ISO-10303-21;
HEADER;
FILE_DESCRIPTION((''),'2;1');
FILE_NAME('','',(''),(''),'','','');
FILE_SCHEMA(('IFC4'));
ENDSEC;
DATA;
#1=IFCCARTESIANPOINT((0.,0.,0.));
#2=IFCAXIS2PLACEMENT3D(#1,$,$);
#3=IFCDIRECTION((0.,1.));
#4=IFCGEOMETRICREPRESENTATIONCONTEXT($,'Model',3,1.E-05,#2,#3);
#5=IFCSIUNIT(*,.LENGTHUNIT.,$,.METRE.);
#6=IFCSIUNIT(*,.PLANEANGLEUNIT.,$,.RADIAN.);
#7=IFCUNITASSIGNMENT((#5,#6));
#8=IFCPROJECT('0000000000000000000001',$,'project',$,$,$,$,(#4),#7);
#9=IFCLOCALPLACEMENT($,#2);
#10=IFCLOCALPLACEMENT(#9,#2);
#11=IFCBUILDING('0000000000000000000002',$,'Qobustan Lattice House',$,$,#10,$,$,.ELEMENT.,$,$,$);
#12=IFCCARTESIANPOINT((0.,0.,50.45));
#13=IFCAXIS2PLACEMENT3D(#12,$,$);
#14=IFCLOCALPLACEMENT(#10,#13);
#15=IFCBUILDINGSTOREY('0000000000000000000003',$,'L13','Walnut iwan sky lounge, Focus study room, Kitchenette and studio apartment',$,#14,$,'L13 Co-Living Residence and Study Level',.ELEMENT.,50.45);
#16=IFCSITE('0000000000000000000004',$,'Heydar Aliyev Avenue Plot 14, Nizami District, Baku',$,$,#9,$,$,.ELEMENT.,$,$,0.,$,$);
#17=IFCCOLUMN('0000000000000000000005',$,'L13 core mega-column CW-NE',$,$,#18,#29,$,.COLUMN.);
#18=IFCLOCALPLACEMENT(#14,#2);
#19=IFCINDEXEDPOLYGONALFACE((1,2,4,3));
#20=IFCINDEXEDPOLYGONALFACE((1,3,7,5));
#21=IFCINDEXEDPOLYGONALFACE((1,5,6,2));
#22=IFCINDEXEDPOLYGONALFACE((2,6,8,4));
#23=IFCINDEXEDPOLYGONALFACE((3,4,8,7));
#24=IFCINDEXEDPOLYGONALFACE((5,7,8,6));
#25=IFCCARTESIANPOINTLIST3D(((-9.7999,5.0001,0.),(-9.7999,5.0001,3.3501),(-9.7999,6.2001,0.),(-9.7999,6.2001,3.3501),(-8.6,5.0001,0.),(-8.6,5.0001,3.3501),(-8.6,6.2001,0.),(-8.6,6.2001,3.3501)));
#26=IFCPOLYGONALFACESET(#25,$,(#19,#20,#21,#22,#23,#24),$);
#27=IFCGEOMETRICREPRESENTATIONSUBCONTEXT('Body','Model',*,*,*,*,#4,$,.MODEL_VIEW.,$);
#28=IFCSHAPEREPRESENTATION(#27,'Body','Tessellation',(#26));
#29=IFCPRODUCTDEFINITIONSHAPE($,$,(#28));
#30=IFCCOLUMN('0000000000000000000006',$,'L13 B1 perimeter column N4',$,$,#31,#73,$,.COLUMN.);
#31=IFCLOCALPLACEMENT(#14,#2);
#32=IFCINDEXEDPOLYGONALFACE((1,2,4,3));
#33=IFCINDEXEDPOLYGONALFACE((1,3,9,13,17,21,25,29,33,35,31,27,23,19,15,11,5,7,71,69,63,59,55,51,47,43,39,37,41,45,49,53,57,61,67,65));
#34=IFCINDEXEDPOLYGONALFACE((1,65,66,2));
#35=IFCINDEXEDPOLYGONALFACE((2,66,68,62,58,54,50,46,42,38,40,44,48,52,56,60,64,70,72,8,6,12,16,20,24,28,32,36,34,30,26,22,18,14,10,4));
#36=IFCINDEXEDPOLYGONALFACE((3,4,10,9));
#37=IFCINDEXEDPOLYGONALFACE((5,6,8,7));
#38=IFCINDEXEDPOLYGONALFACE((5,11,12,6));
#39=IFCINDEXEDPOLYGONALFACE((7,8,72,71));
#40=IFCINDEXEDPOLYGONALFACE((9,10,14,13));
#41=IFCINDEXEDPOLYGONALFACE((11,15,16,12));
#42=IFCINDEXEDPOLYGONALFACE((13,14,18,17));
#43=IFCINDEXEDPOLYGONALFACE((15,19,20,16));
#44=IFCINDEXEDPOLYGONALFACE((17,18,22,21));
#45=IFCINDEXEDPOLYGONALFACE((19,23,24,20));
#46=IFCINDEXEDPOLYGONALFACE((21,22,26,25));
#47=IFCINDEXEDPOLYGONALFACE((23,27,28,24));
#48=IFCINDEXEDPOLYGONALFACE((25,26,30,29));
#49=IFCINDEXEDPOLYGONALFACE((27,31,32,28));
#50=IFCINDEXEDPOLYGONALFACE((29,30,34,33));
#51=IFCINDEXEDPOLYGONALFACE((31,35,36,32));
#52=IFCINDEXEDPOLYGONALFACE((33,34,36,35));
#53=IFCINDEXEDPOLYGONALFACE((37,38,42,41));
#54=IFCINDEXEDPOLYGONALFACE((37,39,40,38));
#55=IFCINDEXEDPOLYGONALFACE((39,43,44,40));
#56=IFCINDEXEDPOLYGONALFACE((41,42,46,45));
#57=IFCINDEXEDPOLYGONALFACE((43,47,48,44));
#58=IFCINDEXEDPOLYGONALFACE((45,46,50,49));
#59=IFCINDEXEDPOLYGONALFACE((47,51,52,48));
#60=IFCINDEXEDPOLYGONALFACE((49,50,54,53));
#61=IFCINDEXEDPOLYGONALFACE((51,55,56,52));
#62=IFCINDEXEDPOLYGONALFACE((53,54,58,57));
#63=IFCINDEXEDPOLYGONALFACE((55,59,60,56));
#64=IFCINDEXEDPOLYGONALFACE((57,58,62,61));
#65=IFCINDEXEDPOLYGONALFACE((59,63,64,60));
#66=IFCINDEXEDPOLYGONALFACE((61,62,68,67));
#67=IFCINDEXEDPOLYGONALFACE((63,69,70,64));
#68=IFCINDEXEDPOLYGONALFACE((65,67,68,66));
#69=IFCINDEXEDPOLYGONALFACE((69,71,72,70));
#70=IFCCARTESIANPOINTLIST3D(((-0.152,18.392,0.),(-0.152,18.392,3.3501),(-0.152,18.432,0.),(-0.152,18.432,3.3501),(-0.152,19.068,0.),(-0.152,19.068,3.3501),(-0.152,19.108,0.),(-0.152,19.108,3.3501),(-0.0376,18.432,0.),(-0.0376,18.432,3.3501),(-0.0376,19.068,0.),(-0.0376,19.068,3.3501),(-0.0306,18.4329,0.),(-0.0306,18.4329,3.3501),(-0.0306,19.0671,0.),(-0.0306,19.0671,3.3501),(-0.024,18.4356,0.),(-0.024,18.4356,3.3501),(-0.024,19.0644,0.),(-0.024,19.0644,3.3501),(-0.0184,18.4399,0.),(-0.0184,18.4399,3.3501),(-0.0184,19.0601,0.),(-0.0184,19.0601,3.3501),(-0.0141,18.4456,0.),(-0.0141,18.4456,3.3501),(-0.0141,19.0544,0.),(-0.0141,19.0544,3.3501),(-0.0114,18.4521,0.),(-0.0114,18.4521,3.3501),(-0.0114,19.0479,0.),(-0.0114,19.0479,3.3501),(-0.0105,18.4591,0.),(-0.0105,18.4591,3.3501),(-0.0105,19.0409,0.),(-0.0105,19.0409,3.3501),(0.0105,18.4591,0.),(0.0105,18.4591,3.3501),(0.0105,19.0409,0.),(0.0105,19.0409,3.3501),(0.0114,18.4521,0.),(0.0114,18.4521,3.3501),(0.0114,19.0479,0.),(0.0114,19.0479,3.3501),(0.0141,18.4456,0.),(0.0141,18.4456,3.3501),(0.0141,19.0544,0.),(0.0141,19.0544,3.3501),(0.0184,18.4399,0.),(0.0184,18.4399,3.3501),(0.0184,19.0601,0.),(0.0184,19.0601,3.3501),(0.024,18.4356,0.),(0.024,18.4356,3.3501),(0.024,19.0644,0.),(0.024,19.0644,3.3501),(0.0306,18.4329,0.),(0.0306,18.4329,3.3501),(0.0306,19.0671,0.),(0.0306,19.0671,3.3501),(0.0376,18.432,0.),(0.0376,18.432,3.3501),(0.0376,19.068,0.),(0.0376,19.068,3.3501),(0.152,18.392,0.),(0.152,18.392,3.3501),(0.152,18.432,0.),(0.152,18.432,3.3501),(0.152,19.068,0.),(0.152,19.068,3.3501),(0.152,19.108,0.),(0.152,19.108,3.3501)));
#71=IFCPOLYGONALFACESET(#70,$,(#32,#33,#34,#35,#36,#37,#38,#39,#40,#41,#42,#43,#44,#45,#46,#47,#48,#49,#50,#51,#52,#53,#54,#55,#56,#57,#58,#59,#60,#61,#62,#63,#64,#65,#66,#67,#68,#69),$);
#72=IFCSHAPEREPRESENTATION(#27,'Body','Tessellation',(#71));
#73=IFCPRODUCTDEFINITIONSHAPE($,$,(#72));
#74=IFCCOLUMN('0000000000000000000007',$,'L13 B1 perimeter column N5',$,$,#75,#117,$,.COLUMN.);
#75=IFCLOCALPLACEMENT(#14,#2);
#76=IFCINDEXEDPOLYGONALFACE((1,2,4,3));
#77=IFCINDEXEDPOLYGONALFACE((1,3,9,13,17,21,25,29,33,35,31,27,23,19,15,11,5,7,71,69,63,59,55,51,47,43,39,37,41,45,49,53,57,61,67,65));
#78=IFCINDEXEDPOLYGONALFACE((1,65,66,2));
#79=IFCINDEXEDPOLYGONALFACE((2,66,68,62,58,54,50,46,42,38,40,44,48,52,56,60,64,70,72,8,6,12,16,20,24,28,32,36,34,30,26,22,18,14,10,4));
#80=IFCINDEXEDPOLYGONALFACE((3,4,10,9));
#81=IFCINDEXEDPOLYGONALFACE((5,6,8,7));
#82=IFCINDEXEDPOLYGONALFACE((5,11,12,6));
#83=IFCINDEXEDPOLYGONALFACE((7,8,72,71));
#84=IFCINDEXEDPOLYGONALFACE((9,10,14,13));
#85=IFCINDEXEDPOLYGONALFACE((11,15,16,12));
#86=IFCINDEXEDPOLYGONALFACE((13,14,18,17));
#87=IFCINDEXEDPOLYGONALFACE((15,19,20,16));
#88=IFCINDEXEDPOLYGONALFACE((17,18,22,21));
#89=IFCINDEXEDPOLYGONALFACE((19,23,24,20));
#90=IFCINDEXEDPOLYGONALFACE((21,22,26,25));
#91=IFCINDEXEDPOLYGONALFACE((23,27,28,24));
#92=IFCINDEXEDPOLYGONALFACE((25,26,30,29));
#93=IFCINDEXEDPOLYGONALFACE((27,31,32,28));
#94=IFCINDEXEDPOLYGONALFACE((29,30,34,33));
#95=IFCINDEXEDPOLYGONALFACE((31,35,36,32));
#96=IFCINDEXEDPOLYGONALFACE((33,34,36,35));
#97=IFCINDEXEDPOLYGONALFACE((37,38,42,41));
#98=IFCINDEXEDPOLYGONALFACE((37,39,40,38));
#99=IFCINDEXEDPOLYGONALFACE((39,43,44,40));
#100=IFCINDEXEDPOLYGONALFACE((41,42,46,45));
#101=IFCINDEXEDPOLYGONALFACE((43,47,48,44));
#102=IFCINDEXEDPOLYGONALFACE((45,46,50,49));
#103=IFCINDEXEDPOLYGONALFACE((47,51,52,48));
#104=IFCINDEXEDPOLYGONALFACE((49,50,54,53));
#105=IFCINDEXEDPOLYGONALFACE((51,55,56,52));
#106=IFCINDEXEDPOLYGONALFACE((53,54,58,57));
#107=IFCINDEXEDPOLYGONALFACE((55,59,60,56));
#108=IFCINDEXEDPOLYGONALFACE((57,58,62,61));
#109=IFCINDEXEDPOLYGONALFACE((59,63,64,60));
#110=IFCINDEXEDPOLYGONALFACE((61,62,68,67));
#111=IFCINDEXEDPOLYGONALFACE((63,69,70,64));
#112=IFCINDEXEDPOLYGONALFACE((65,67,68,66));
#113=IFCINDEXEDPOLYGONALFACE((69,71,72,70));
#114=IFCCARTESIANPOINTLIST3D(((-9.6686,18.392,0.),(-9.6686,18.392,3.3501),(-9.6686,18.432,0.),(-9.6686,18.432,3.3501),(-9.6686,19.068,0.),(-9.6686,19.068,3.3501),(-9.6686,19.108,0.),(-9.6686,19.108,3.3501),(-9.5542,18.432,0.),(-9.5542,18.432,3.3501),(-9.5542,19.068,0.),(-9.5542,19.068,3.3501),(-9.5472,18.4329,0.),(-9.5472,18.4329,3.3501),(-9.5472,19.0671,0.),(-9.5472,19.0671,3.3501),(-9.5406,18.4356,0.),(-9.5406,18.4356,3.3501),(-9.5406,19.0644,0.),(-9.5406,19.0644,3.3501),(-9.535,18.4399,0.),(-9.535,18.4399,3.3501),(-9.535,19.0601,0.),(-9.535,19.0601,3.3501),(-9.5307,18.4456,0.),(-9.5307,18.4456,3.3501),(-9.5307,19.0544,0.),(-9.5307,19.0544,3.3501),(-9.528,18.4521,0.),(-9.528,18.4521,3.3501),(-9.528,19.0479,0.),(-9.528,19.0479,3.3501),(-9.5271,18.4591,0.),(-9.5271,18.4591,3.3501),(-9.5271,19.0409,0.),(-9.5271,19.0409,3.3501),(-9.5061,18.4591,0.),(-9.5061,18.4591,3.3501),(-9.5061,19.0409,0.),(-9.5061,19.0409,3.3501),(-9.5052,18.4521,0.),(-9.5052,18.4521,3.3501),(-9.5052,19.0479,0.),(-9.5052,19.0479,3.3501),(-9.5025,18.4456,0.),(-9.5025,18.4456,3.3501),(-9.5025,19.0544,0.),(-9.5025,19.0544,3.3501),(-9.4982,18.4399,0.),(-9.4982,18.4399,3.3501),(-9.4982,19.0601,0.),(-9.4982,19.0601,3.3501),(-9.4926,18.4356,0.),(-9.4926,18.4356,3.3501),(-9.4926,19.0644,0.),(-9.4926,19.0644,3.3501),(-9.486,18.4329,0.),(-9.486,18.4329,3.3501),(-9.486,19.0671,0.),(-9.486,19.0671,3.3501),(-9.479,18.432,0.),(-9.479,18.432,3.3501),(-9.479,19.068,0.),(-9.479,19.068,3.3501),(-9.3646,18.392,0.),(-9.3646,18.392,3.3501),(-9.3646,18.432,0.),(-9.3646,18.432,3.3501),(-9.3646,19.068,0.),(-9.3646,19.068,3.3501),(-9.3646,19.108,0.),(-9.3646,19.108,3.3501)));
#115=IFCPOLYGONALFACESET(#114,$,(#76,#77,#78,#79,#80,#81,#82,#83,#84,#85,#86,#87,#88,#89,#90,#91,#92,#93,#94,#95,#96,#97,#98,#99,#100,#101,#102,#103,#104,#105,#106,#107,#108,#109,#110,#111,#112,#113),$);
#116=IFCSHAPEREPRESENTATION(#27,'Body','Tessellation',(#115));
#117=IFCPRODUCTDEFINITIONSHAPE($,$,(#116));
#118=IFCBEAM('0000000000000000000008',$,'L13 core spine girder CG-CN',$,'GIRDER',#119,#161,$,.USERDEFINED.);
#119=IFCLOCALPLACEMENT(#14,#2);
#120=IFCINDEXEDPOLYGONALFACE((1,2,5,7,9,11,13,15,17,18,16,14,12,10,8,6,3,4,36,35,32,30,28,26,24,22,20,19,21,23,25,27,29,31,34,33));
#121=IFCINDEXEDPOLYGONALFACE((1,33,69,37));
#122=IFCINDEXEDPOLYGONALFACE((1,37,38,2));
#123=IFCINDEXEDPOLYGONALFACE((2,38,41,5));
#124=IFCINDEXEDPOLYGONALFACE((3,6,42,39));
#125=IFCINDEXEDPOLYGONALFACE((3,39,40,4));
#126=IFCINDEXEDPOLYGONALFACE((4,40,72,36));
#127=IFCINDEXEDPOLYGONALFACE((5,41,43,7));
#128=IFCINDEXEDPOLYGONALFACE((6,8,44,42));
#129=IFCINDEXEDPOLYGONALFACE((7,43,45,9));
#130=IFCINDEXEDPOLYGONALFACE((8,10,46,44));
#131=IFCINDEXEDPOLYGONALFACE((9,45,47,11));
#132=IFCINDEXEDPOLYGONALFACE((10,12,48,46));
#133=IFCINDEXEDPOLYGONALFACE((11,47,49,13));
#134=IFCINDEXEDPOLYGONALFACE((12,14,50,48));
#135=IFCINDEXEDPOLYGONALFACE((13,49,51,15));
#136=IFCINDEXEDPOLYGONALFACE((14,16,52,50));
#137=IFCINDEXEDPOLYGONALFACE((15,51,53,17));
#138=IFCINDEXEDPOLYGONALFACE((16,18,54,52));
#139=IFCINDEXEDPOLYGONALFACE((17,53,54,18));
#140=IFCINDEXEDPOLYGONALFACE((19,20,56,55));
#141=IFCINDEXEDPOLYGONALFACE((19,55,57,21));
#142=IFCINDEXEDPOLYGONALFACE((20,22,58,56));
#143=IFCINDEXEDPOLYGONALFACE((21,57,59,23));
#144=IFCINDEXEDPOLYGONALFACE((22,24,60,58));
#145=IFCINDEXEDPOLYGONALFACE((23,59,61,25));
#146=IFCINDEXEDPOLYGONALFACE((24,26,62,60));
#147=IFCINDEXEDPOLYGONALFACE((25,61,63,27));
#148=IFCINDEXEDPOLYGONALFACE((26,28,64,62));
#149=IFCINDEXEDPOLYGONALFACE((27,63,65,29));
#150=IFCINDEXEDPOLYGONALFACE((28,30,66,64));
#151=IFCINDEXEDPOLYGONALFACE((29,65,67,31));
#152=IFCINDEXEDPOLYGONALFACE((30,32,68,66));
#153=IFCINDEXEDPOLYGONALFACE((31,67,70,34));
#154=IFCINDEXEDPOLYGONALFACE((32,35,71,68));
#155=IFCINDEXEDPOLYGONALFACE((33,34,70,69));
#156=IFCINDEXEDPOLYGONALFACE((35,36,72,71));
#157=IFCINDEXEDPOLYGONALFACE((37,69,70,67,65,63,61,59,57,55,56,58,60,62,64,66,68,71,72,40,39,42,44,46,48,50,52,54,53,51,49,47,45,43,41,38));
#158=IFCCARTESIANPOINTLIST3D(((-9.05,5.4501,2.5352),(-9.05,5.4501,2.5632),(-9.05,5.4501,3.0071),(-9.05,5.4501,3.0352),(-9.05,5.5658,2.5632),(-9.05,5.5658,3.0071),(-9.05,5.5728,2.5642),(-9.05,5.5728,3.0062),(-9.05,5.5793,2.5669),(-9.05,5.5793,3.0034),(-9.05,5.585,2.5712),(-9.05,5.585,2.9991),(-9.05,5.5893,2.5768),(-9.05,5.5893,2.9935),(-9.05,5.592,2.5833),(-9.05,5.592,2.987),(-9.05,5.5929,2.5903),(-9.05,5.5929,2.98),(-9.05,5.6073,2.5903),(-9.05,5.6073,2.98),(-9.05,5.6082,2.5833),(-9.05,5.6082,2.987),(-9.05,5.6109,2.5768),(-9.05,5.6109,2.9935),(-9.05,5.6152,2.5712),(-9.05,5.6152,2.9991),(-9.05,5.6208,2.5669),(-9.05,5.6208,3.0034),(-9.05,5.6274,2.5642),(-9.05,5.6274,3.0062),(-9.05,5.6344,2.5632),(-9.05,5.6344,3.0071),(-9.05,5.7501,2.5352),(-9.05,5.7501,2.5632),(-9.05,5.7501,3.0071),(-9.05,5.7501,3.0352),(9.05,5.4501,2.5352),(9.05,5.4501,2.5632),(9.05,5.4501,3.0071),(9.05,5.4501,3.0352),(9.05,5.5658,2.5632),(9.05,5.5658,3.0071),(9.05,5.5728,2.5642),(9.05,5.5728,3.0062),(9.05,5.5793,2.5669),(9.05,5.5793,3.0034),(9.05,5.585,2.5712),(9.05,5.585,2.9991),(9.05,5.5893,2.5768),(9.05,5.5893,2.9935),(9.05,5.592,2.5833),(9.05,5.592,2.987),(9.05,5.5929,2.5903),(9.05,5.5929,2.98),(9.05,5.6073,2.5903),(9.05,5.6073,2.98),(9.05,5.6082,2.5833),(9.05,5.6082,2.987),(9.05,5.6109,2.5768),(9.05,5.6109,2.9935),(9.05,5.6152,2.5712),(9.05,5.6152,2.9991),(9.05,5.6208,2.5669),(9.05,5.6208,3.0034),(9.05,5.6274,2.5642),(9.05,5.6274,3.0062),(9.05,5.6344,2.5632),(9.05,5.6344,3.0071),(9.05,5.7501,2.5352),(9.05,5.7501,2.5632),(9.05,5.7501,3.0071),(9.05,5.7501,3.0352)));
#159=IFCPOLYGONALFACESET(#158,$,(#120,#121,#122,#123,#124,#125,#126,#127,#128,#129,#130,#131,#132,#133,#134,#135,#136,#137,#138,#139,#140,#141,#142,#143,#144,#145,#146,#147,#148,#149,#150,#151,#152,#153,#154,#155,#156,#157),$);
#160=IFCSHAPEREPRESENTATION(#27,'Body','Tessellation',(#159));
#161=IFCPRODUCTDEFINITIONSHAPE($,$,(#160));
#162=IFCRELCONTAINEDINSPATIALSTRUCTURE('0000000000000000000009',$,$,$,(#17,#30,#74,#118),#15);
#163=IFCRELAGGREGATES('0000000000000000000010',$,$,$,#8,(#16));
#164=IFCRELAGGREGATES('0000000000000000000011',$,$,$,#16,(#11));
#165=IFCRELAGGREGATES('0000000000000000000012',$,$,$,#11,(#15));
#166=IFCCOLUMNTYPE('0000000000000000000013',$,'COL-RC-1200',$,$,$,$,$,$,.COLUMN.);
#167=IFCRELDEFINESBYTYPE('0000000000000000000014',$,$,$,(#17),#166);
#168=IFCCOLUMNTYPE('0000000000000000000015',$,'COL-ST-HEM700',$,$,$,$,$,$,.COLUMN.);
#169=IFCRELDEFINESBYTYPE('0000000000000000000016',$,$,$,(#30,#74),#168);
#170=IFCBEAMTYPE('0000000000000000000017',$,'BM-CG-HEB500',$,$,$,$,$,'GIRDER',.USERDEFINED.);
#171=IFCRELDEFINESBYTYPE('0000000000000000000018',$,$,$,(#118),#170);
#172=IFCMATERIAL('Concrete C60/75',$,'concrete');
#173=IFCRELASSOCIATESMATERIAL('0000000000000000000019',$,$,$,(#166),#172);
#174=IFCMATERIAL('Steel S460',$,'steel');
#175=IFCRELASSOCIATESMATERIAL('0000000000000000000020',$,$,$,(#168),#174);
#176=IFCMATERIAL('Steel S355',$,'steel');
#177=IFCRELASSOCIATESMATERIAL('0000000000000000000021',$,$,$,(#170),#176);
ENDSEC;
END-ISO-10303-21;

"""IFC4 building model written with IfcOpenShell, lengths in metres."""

from ifc_helpers import new_model, si_unit, direction, frame, origin, origin_2d, place, context, subcontext, project, spatial, rectangle, i_section, extrude, material, material_profile, profile_set, type_object, element, save


model = new_model("IFC4")

# Units and contexts
model_context = context("Model", 3, precision=1e-05, world=origin(), true_north=direction((0.0, 1.0)))
body_context = subcontext(model_context, "Body", "Model", "MODEL_VIEW")
ifc_project = project(units=[si_unit("LENGTHUNIT", "METRE"), si_unit("PLANEANGLEUNIT", "RADIAN")], contexts=[model_context])

# Site, building, storey
site_placement = place(None, origin())
site = spatial("IfcSite", under=ifc_project, at=site_placement, Name="Heydar Aliyev Avenue Plot 14, Nizami District, Baku", CompositionType="ELEMENT", RefElevation=0.0)
building_placement = place(site_placement, origin())
building = spatial("IfcBuilding", under=site, at=building_placement, Name="Qobustan Lattice House", CompositionType="ELEMENT")
storey_placement = place(building_placement, frame((0.0, 0.0, 50.45)))
storey = spatial("IfcBuildingStorey", under=building, at=storey_placement, Name="L13", Description="Walnut iwan sky lounge, Focus study room, Kitchenette and studio apartment", LongName="L13 Co-Living Residence and Study Level", CompositionType="ELEMENT", Elevation=50.45)

# Columns
ifc_material_1 = material(Name="Concrete C60/75", Category="concrete")
ifc_material_profile_1 = material_profile(ifc_material_1, rectangle(XDim=1.2, YDim=1.2, at=origin_2d()), Name="RC1200x1200")
ifc_profile_set_1 = profile_set([ifc_material_profile_1], Name="Concrete C60/75")
column_type_1 = type_object("IfcColumnType", Name="COL-RC-1200", PredefinedType="COLUMN", material=ifc_profile_set_1)
column_placement = place(storey_placement, frame((-9.2, 5.6001, 0.0), z_axis=(0.0, 0.0, 1.0), x_axis=(1.0, 0.0, 0.0)))
element("IfcColumn", 1, at=column_placement, inside=storey, type_object=column_type_1, Name="L13 core mega-column CW-NE", PredefinedType="COLUMN", context=body_context, shape_type="SweptSolid", body=[
    extrude(rectangle(XDim=1.2, YDim=1.2, at=origin_2d()), origin(), (0.0, 0.0, 1.0), 3.3501),
])
ifc_material_2 = material(Name="Steel S460", Category="steel")
ifc_material_profile_2 = material_profile(ifc_material_2, i_section(OverallWidth=0.304, OverallDepth=0.7161, WebThickness=0.021, FlangeThickness=0.04, FilletRadius=0.0271, at=origin_2d()), Name="HEM700")
ifc_profile_set_2 = profile_set([ifc_material_profile_2], Name="Steel S460")
column_type_2 = type_object("IfcColumnType", Name="COL-ST-HEM700", PredefinedType="COLUMN", material=ifc_profile_set_2)
for number, where, z_axis, x_axis, name in (
    (2, (0.0, 18.75, 0.0), (0.0, 0.0, 1.0), (1.0, 0.0, 0.0), "L13 B1 perimeter column N4"),
    (3, (-9.5166, 18.75, 0.0), (0.0, 0.0, 1.0), (1.0, 0.0, 0.0), "L13 B1 perimeter column N5"),
):
    element("IfcColumn", number, at=place(storey_placement, frame(where, z_axis=z_axis, x_axis=x_axis)), inside=storey, type_object=column_type_2, Name=name, PredefinedType="COLUMN", context=body_context, shape_type="SweptSolid", body=[
        extrude(i_section(OverallWidth=0.304, OverallDepth=0.7161, WebThickness=0.021, FlangeThickness=0.04, FilletRadius=0.0271, at=origin_2d()), origin(), (0.0, 0.0, 1.0), 3.3501),
    ])

# Beam
ifc_material_3 = material(Name="Steel S355", Category="steel")
ifc_material_profile_3 = material_profile(ifc_material_3, i_section(OverallWidth=0.3, OverallDepth=0.5, WebThickness=0.0144, FlangeThickness=0.0281, FilletRadius=0.0271, at=origin_2d()), Name="HEB500")
ifc_profile_set_3 = profile_set([ifc_material_profile_3], Name="Steel S355")
beam_type_1 = type_object("IfcBeamType", Name="BM-CG-HEB500", ElementType="GIRDER", PredefinedType="USERDEFINED", material=ifc_profile_set_3)
beam_1_placement = place(storey_placement, frame((-9.05, 5.6001, 2.7852), z_axis=(1.0, 0.0, 0.0), x_axis=(0.0, 1.0, 0.0)))
element("IfcBeam", 4, at=beam_1_placement, inside=storey, type_object=beam_type_1, Name="L13 core spine girder CG-CN", ObjectType="GIRDER", PredefinedType="USERDEFINED", context=body_context, shape_type="SweptSolid", body=[
    extrude(i_section(OverallWidth=0.3, OverallDepth=0.5, WebThickness=0.0144, FlangeThickness=0.0281, FilletRadius=0.0271, at=origin_2d()), origin(), (0.0, 0.0, 1.0), 18.1001),
])

save(model, "model.ifc")
